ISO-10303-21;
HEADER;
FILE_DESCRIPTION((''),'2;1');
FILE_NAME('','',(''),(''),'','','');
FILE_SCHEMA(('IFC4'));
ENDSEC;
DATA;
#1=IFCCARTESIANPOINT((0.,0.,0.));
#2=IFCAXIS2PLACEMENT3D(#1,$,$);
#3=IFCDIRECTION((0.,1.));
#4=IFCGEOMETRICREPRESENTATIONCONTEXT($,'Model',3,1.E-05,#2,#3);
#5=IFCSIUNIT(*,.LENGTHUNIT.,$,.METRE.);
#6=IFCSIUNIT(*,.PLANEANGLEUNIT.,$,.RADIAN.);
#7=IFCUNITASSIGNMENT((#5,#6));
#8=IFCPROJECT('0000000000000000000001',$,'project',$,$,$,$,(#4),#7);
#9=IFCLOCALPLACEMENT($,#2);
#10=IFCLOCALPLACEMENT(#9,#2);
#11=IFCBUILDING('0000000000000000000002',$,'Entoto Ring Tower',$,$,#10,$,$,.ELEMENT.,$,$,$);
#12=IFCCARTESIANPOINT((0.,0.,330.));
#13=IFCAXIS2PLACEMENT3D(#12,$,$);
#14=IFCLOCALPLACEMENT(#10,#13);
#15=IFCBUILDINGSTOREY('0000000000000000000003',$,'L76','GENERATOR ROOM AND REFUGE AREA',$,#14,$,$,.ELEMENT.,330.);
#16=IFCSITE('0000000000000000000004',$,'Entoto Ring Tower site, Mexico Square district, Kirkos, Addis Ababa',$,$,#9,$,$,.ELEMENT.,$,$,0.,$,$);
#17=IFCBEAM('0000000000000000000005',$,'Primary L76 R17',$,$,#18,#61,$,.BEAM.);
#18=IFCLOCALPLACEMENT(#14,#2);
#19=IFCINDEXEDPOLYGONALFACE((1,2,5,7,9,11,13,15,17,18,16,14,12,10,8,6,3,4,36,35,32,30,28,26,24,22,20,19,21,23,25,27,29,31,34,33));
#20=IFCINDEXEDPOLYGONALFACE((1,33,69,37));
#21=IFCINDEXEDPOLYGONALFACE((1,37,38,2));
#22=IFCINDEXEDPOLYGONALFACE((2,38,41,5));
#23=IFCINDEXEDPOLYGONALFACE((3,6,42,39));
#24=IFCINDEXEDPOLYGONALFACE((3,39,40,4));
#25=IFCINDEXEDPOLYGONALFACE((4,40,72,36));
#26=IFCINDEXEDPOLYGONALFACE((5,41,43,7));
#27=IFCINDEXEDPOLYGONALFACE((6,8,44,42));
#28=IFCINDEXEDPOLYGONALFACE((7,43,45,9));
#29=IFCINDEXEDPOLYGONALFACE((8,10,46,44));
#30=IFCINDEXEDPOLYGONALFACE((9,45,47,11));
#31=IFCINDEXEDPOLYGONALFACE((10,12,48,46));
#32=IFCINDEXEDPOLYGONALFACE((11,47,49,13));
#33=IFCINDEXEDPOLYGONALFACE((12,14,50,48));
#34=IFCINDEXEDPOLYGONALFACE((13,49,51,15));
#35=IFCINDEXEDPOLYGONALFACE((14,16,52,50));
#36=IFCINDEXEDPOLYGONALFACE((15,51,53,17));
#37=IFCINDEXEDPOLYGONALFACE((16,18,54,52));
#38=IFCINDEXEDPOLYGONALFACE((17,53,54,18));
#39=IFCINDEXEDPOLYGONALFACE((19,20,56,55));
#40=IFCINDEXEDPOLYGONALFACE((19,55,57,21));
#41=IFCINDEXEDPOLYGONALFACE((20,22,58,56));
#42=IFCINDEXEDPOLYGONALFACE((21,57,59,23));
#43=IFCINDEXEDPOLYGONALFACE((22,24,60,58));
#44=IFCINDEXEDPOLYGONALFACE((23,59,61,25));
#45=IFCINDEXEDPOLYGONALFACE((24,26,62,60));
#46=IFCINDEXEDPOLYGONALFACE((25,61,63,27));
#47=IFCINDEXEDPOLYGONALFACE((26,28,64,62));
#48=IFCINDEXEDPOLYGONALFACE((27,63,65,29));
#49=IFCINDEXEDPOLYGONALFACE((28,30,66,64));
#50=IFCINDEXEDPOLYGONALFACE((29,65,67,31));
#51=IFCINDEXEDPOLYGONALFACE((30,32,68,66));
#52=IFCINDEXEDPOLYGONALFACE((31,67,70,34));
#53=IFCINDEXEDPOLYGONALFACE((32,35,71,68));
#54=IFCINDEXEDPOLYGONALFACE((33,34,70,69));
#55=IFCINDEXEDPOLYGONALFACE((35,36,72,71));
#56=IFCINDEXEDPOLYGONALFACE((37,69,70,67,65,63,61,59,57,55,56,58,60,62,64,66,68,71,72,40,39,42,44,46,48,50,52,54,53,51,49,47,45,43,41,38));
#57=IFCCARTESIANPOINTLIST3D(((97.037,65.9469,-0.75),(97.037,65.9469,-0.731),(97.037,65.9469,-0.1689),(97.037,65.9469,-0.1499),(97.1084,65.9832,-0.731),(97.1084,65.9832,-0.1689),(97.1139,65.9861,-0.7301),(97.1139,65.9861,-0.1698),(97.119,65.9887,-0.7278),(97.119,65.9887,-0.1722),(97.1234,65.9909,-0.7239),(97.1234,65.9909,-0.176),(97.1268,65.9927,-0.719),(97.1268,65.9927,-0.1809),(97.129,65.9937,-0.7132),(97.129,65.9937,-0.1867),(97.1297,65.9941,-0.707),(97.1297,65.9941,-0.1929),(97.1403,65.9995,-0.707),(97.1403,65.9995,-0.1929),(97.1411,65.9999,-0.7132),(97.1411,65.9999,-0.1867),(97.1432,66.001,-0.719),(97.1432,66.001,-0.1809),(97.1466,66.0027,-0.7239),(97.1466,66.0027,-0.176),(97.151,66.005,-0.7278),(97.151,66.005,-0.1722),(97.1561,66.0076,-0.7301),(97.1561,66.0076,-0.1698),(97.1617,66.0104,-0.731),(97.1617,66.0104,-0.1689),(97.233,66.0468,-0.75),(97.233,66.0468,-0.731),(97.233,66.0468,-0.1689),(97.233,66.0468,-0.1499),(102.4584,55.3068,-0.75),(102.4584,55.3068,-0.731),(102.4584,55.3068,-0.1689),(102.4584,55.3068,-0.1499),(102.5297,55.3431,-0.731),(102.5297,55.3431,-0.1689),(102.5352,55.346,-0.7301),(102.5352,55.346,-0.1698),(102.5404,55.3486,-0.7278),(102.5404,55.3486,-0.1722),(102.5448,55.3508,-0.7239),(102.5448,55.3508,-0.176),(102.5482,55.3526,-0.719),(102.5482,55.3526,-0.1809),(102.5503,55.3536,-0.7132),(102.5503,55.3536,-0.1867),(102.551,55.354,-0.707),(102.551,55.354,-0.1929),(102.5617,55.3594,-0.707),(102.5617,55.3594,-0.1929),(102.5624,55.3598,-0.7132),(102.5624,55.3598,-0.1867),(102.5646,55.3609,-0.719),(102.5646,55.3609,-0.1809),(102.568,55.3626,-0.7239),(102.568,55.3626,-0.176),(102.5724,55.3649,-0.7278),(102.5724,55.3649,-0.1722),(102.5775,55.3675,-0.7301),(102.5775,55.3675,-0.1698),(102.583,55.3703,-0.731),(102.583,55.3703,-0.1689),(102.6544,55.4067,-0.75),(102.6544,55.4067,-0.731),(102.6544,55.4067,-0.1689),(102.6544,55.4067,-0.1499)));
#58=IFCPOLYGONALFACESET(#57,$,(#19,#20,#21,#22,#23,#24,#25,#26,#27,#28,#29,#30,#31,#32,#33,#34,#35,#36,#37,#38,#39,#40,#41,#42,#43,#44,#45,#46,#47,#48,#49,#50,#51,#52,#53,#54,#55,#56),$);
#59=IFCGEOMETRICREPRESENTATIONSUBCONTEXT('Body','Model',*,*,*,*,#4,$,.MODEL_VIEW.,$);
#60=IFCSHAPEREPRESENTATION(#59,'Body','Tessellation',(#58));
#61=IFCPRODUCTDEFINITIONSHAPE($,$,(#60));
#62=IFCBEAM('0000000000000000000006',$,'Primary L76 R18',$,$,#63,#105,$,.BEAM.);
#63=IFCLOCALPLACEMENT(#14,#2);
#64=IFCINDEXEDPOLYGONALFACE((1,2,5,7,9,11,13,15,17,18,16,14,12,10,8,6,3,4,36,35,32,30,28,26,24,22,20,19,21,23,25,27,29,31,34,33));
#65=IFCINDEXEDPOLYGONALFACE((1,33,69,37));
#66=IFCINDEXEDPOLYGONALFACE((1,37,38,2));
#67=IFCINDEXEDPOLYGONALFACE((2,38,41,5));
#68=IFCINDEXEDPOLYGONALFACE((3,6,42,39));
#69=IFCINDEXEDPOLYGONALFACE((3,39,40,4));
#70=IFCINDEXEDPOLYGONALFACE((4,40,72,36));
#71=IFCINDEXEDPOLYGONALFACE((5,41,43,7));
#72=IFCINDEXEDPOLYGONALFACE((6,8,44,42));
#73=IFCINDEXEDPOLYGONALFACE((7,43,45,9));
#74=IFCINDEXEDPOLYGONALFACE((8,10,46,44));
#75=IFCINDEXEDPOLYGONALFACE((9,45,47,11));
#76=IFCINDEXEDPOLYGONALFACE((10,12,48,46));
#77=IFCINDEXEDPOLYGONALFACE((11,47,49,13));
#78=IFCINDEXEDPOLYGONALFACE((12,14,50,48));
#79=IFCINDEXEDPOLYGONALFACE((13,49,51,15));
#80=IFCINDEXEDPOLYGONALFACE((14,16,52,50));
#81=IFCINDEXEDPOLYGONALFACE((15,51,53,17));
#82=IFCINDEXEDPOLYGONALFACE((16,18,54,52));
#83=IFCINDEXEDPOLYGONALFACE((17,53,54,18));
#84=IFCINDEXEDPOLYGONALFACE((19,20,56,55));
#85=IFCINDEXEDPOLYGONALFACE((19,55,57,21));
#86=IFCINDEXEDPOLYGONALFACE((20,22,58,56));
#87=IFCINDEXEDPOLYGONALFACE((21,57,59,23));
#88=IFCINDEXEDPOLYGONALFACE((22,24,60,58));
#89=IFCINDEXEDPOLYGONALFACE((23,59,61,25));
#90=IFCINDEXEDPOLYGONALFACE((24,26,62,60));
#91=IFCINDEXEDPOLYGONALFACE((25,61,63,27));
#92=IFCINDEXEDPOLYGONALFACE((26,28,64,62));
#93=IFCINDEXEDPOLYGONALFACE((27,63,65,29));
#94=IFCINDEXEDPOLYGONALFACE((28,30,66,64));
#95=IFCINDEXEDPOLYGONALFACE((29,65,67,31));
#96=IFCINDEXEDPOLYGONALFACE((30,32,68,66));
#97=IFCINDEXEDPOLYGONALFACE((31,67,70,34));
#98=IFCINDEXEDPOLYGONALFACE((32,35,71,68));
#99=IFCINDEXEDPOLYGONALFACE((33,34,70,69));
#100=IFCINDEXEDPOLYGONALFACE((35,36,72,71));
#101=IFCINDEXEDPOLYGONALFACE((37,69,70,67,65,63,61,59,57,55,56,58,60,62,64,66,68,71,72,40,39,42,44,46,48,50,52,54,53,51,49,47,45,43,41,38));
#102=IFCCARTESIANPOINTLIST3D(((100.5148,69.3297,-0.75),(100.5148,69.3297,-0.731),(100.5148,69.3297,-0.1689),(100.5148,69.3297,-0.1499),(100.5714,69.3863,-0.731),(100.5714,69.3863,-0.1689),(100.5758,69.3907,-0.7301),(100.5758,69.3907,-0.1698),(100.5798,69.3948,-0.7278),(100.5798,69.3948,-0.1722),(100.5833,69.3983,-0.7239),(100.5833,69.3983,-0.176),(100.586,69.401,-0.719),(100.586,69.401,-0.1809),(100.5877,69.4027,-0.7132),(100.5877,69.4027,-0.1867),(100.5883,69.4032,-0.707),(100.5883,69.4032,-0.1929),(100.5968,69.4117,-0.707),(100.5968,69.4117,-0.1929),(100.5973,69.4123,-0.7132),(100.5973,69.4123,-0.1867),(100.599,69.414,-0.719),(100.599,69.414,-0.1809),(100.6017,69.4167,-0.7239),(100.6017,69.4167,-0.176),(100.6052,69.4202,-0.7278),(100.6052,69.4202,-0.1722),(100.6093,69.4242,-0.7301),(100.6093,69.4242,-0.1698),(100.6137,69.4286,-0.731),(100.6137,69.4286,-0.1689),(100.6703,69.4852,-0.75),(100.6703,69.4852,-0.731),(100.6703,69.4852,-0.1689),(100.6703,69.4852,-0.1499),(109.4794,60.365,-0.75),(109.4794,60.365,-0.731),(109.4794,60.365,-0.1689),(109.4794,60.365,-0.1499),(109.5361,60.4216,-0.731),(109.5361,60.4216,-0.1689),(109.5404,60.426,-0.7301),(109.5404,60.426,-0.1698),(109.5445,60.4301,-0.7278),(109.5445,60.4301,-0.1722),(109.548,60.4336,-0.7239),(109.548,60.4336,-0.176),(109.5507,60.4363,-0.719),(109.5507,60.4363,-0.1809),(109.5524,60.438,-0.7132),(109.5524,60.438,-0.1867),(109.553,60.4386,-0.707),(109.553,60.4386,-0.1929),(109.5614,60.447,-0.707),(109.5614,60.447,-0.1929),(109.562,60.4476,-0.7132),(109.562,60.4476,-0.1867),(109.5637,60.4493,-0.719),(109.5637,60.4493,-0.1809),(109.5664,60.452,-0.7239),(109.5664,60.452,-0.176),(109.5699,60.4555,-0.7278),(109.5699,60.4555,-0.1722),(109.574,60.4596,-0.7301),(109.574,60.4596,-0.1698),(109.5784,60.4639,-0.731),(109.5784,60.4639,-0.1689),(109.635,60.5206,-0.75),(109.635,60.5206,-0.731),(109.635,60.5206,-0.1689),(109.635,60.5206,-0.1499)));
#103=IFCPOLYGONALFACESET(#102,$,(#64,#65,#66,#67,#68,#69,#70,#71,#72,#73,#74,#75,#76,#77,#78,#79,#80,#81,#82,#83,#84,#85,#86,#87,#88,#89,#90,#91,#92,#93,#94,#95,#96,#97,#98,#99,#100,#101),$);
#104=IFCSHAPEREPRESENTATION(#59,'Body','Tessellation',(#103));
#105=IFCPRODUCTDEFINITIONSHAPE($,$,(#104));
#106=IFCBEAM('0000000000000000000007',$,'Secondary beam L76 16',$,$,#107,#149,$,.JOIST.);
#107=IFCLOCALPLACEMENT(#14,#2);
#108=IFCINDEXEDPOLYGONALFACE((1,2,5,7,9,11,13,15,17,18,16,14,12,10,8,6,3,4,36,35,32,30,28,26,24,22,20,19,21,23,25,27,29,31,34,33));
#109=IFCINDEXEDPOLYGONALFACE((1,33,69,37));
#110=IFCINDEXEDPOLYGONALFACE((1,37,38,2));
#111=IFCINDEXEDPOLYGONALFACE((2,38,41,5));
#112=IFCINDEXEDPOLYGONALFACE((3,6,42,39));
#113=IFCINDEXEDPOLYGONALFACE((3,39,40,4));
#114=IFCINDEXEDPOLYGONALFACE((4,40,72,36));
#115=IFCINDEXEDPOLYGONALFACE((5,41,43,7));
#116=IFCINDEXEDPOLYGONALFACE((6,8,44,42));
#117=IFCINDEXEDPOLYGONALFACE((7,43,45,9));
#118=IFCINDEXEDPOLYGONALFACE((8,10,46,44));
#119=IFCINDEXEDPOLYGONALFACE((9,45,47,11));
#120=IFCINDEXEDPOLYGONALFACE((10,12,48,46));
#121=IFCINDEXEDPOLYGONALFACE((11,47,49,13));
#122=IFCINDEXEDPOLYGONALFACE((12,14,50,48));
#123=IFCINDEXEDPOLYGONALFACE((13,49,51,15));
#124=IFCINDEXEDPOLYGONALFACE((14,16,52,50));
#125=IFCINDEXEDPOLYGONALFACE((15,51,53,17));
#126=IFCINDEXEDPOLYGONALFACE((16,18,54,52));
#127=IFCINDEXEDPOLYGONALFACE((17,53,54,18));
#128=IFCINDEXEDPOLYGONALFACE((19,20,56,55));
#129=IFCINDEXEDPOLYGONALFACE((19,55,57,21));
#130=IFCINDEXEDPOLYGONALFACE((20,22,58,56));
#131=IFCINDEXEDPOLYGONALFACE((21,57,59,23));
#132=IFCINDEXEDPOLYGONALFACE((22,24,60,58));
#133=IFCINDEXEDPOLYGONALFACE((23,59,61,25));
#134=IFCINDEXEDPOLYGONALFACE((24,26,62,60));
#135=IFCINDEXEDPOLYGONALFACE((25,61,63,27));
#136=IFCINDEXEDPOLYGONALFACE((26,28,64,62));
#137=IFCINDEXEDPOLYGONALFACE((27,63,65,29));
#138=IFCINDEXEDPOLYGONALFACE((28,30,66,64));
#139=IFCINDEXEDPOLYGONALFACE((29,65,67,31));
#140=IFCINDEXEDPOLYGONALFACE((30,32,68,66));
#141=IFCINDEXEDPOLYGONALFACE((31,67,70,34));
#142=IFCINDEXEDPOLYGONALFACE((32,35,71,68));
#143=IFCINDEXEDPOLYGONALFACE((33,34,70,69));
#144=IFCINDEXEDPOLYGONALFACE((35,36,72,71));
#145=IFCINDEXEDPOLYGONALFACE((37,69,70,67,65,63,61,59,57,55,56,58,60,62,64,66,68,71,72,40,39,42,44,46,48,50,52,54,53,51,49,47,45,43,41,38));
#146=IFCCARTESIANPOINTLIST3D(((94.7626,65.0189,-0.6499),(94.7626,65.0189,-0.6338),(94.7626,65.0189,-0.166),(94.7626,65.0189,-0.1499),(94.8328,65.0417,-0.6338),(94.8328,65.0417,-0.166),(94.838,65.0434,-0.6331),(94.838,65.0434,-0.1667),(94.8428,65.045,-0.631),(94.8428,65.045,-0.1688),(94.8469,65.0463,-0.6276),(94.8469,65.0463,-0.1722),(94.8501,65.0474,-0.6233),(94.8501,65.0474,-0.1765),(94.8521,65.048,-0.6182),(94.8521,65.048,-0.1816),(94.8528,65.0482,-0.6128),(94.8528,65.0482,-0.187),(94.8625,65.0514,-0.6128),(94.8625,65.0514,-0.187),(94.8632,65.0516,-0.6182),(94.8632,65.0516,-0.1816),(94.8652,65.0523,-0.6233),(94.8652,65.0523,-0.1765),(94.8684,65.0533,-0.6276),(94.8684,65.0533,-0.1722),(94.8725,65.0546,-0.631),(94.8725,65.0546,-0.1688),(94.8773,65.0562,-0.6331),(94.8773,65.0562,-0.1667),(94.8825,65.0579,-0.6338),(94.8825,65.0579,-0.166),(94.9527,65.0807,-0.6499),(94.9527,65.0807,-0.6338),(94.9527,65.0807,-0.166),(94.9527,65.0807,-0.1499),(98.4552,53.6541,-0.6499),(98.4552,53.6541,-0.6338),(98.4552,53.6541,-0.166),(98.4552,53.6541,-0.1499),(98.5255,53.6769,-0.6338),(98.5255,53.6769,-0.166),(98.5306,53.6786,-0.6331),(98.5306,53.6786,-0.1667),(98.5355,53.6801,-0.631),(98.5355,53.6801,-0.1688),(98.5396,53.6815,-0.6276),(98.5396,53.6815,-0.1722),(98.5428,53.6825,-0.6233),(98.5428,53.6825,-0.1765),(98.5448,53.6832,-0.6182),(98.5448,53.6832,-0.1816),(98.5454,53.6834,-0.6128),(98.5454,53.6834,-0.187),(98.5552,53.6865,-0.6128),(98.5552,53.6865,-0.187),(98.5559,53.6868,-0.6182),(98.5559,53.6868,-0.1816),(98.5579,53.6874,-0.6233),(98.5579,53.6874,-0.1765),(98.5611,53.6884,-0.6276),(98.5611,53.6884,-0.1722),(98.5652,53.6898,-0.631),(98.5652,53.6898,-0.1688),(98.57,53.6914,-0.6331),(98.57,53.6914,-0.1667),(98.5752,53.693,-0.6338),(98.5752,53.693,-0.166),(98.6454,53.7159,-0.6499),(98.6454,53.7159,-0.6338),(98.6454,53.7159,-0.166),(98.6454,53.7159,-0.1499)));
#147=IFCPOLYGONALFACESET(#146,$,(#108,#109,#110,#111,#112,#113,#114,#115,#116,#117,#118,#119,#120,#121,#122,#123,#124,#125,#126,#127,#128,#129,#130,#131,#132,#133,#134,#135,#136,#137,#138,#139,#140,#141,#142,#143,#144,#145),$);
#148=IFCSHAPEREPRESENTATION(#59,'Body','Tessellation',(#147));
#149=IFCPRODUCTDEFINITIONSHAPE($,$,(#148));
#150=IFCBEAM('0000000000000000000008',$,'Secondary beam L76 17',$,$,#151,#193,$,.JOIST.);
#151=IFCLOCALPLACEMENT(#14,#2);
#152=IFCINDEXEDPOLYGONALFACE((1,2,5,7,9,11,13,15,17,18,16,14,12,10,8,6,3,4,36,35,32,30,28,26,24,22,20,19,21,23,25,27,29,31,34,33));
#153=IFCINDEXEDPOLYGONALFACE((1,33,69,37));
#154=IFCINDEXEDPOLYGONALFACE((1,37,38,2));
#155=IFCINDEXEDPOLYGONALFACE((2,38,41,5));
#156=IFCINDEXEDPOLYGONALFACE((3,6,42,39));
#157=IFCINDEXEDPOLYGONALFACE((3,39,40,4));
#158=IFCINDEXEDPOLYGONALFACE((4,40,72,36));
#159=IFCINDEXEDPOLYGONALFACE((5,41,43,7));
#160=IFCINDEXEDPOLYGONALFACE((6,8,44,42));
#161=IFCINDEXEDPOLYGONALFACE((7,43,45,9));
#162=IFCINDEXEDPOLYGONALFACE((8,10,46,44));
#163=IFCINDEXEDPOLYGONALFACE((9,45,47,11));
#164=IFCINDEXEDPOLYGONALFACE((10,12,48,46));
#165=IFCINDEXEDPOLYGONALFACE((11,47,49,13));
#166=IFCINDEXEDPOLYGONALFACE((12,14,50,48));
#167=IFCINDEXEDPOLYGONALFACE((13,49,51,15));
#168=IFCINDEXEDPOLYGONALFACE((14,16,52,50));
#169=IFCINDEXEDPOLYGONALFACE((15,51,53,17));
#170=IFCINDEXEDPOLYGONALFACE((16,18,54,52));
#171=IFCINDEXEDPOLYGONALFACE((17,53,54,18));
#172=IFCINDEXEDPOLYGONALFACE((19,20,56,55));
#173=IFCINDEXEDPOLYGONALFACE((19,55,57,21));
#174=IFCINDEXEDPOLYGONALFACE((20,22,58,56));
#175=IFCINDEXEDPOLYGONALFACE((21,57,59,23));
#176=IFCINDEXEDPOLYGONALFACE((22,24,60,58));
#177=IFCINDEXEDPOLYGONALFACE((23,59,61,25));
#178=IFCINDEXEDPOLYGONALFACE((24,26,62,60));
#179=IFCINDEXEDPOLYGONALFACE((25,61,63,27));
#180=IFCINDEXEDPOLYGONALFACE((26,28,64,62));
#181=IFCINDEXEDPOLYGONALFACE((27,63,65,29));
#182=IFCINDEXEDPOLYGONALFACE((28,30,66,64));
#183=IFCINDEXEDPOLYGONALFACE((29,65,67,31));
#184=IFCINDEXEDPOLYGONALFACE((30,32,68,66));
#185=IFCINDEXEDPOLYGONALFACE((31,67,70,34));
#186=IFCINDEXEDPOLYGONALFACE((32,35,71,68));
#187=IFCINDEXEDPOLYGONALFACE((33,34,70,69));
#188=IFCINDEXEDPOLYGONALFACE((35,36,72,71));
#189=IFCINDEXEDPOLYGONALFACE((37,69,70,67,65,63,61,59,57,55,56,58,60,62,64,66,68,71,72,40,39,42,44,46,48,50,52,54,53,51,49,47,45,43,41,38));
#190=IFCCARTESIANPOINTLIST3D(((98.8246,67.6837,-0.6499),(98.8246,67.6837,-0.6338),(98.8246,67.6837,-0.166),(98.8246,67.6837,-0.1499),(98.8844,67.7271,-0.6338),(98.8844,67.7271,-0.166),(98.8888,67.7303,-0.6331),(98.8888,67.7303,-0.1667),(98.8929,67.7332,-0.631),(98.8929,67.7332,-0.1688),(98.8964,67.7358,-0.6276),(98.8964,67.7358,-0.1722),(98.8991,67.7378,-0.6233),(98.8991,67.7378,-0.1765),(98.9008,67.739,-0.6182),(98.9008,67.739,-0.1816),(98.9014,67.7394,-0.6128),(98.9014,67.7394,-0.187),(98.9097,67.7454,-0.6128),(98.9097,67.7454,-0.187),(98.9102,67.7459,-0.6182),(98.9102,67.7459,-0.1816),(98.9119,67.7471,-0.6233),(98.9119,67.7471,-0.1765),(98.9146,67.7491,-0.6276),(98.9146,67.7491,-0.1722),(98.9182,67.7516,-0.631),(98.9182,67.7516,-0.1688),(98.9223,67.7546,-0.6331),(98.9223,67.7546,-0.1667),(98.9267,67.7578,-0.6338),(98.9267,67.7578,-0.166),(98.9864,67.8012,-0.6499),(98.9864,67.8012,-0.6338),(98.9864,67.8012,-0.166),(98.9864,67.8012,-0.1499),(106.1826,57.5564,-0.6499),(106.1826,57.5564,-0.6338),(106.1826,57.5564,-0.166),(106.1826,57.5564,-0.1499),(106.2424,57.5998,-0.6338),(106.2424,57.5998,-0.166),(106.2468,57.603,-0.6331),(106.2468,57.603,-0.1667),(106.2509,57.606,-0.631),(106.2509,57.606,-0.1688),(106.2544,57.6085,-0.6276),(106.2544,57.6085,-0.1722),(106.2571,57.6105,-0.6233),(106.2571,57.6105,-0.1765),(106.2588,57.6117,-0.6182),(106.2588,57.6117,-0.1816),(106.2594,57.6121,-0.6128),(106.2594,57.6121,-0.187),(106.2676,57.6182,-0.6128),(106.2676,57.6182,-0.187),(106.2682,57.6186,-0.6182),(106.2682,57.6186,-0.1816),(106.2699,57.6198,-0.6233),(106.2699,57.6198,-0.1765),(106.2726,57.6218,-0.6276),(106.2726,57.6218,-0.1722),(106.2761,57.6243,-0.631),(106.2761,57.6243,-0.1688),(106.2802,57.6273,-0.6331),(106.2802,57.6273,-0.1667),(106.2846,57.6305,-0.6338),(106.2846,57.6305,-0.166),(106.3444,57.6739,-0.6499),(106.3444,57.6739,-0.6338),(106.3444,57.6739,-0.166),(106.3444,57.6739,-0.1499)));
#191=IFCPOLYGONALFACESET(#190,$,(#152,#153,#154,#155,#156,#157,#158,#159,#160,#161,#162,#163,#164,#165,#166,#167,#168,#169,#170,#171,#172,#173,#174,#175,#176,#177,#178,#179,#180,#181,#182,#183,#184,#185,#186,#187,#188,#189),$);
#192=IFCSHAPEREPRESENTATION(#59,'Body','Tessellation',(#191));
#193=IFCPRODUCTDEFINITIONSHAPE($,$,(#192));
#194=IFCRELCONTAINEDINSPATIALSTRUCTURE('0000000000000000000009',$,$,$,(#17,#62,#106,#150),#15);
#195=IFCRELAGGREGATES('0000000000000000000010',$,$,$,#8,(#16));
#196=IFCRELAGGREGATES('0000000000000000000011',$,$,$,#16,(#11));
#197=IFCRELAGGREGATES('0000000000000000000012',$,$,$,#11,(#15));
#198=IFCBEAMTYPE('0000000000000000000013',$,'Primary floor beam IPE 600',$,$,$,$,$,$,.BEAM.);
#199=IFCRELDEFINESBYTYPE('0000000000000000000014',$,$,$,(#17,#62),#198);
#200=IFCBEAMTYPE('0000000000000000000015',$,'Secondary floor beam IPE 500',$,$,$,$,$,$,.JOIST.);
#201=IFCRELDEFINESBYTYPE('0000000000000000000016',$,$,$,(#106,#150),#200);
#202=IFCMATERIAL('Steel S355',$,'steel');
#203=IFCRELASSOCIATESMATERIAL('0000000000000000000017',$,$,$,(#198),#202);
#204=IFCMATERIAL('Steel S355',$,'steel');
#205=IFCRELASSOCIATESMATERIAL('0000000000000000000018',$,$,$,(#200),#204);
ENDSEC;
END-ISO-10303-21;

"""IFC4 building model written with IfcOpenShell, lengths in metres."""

from ifc_helpers import new_model, si_unit, direction, frame, origin, origin_2d, place, context, subcontext, project, spatial, i_section, extrude, material, material_profile, profile_set, type_object, element, save


model = new_model("IFC4")

# Units and contexts
model_context = context("Model", 3, precision=1e-05, world=origin(), true_north=direction((0.0, 1.0)))
body_context = subcontext(model_context, "Body", "Model", "MODEL_VIEW")
ifc_project = project(units=[si_unit("LENGTHUNIT", "METRE"), si_unit("PLANEANGLEUNIT", "RADIAN")], contexts=[model_context])

# Site, building, storey
site_placement = place(None, origin())
site = spatial("IfcSite", under=ifc_project, at=site_placement, Name="Entoto Ring Tower site, Mexico Square district, Kirkos, Addis Ababa", CompositionType="ELEMENT", RefElevation=0.0)
building_placement = place(site_placement, origin())
building = spatial("IfcBuilding", under=site, at=building_placement, Name="Entoto Ring Tower", CompositionType="ELEMENT")
storey_placement = place(building_placement, frame((0.0, 0.0, 330.0)))
storey = spatial("IfcBuildingStorey", under=building, at=storey_placement, Name="L76", Description="GENERATOR ROOM AND REFUGE AREA", CompositionType="ELEMENT", Elevation=330.0)

# Beams
ifc_material_1 = material(Name="Steel S355", Category="steel")
ifc_material_profile_1 = material_profile(ifc_material_1, i_section(OverallWidth=0.22, OverallDepth=0.6001, WebThickness=0.012, FlangeThickness=0.019, FilletRadius=0.0239, at=origin_2d()), Name="IPE 600")
ifc_profile_set_1 = profile_set([ifc_material_profile_1], Name="Steel S355")
beam_type_1 = type_object("IfcBeamType", Name="Primary floor beam IPE 600", PredefinedType="BEAM", material=ifc_profile_set_1)
beam_1_placement = place(storey_placement, frame((97.135, 65.9968, -0.45), z_axis=(0.453988, -0.891008, 0.0), x_axis=(0.891008, 0.453988, 0.0)))
element("IfcBeam", 1, at=beam_1_placement, inside=storey, type_object=beam_type_1, Name="Primary L76 R17", PredefinedType="BEAM", context=body_context, shape_type="SweptSolid", body=[
    extrude(i_section(OverallWidth=0.22, OverallDepth=0.6001, WebThickness=0.012, FlangeThickness=0.019, FilletRadius=0.0239, at=origin_2d()), origin(), (0.0, 0.0, 1.0), 11.9417),
])
beam_2_placement = place(storey_placement, frame((100.5925, 69.4075, -0.45), z_axis=(0.707107, -0.707107, 0.0), x_axis=(0.707107, 0.707107, 0.0)))
element("IfcBeam", 2, at=beam_2_placement, inside=storey, type_object=beam_type_1, Name="Primary L76 R18", PredefinedType="BEAM", context=body_context, shape_type="SweptSolid", body=[
    extrude(i_section(OverallWidth=0.22, OverallDepth=0.6001, WebThickness=0.012, FlangeThickness=0.019, FilletRadius=0.0239, at=origin_2d()), origin(), (0.0, 0.0, 1.0), 12.678),
])
ifc_material_2 = material(Name="Steel S355", Category="steel")
ifc_material_profile_2 = material_profile(ifc_material_2, i_section(OverallWidth=0.2, OverallDepth=0.5, WebThickness=0.0103, FlangeThickness=0.0161, FilletRadius=0.021, at=origin_2d()), Name="IPE 500")
ifc_profile_set_2 = profile_set([ifc_material_profile_2], Name="Steel S355")
beam_type_2 = type_object("IfcBeamType", Name="Secondary floor beam IPE 500", PredefinedType="JOIST", material=ifc_profile_set_2)
beam_3_placement = place(storey_placement, frame((94.8577, 65.0498, -0.3999), z_axis=(0.309017, -0.951057, 0.0), x_axis=(0.951057, 0.309017, 0.0)))
element("IfcBeam", 3, at=beam_3_placement, inside=storey, type_object=beam_type_2, Name="Secondary beam L76 16", PredefinedType="JOIST", context=body_context, shape_type="SweptSolid", body=[
    extrude(i_section(OverallWidth=0.2, OverallDepth=0.5, WebThickness=0.0103, FlangeThickness=0.0161, FilletRadius=0.021, at=origin_2d()), origin(), (0.0, 0.0, 1.0), 11.9497),
])
beam_4_placement = place(storey_placement, frame((98.9055, 67.7424, -0.3999), z_axis=(0.587789, -0.809014, 0.0), x_axis=(0.809014, 0.587789, 0.0)))
element("IfcBeam", 4, at=beam_4_placement, inside=storey, type_object=beam_type_2, Name="Secondary beam L76 17", PredefinedType="JOIST", context=body_context, shape_type="SweptSolid", body=[
    extrude(i_section(OverallWidth=0.2, OverallDepth=0.5, WebThickness=0.0103, FlangeThickness=0.0161, FilletRadius=0.021, at=origin_2d()), origin(), (0.0, 0.0, 1.0), 12.5181),
])

save(model, "model.ifc")
